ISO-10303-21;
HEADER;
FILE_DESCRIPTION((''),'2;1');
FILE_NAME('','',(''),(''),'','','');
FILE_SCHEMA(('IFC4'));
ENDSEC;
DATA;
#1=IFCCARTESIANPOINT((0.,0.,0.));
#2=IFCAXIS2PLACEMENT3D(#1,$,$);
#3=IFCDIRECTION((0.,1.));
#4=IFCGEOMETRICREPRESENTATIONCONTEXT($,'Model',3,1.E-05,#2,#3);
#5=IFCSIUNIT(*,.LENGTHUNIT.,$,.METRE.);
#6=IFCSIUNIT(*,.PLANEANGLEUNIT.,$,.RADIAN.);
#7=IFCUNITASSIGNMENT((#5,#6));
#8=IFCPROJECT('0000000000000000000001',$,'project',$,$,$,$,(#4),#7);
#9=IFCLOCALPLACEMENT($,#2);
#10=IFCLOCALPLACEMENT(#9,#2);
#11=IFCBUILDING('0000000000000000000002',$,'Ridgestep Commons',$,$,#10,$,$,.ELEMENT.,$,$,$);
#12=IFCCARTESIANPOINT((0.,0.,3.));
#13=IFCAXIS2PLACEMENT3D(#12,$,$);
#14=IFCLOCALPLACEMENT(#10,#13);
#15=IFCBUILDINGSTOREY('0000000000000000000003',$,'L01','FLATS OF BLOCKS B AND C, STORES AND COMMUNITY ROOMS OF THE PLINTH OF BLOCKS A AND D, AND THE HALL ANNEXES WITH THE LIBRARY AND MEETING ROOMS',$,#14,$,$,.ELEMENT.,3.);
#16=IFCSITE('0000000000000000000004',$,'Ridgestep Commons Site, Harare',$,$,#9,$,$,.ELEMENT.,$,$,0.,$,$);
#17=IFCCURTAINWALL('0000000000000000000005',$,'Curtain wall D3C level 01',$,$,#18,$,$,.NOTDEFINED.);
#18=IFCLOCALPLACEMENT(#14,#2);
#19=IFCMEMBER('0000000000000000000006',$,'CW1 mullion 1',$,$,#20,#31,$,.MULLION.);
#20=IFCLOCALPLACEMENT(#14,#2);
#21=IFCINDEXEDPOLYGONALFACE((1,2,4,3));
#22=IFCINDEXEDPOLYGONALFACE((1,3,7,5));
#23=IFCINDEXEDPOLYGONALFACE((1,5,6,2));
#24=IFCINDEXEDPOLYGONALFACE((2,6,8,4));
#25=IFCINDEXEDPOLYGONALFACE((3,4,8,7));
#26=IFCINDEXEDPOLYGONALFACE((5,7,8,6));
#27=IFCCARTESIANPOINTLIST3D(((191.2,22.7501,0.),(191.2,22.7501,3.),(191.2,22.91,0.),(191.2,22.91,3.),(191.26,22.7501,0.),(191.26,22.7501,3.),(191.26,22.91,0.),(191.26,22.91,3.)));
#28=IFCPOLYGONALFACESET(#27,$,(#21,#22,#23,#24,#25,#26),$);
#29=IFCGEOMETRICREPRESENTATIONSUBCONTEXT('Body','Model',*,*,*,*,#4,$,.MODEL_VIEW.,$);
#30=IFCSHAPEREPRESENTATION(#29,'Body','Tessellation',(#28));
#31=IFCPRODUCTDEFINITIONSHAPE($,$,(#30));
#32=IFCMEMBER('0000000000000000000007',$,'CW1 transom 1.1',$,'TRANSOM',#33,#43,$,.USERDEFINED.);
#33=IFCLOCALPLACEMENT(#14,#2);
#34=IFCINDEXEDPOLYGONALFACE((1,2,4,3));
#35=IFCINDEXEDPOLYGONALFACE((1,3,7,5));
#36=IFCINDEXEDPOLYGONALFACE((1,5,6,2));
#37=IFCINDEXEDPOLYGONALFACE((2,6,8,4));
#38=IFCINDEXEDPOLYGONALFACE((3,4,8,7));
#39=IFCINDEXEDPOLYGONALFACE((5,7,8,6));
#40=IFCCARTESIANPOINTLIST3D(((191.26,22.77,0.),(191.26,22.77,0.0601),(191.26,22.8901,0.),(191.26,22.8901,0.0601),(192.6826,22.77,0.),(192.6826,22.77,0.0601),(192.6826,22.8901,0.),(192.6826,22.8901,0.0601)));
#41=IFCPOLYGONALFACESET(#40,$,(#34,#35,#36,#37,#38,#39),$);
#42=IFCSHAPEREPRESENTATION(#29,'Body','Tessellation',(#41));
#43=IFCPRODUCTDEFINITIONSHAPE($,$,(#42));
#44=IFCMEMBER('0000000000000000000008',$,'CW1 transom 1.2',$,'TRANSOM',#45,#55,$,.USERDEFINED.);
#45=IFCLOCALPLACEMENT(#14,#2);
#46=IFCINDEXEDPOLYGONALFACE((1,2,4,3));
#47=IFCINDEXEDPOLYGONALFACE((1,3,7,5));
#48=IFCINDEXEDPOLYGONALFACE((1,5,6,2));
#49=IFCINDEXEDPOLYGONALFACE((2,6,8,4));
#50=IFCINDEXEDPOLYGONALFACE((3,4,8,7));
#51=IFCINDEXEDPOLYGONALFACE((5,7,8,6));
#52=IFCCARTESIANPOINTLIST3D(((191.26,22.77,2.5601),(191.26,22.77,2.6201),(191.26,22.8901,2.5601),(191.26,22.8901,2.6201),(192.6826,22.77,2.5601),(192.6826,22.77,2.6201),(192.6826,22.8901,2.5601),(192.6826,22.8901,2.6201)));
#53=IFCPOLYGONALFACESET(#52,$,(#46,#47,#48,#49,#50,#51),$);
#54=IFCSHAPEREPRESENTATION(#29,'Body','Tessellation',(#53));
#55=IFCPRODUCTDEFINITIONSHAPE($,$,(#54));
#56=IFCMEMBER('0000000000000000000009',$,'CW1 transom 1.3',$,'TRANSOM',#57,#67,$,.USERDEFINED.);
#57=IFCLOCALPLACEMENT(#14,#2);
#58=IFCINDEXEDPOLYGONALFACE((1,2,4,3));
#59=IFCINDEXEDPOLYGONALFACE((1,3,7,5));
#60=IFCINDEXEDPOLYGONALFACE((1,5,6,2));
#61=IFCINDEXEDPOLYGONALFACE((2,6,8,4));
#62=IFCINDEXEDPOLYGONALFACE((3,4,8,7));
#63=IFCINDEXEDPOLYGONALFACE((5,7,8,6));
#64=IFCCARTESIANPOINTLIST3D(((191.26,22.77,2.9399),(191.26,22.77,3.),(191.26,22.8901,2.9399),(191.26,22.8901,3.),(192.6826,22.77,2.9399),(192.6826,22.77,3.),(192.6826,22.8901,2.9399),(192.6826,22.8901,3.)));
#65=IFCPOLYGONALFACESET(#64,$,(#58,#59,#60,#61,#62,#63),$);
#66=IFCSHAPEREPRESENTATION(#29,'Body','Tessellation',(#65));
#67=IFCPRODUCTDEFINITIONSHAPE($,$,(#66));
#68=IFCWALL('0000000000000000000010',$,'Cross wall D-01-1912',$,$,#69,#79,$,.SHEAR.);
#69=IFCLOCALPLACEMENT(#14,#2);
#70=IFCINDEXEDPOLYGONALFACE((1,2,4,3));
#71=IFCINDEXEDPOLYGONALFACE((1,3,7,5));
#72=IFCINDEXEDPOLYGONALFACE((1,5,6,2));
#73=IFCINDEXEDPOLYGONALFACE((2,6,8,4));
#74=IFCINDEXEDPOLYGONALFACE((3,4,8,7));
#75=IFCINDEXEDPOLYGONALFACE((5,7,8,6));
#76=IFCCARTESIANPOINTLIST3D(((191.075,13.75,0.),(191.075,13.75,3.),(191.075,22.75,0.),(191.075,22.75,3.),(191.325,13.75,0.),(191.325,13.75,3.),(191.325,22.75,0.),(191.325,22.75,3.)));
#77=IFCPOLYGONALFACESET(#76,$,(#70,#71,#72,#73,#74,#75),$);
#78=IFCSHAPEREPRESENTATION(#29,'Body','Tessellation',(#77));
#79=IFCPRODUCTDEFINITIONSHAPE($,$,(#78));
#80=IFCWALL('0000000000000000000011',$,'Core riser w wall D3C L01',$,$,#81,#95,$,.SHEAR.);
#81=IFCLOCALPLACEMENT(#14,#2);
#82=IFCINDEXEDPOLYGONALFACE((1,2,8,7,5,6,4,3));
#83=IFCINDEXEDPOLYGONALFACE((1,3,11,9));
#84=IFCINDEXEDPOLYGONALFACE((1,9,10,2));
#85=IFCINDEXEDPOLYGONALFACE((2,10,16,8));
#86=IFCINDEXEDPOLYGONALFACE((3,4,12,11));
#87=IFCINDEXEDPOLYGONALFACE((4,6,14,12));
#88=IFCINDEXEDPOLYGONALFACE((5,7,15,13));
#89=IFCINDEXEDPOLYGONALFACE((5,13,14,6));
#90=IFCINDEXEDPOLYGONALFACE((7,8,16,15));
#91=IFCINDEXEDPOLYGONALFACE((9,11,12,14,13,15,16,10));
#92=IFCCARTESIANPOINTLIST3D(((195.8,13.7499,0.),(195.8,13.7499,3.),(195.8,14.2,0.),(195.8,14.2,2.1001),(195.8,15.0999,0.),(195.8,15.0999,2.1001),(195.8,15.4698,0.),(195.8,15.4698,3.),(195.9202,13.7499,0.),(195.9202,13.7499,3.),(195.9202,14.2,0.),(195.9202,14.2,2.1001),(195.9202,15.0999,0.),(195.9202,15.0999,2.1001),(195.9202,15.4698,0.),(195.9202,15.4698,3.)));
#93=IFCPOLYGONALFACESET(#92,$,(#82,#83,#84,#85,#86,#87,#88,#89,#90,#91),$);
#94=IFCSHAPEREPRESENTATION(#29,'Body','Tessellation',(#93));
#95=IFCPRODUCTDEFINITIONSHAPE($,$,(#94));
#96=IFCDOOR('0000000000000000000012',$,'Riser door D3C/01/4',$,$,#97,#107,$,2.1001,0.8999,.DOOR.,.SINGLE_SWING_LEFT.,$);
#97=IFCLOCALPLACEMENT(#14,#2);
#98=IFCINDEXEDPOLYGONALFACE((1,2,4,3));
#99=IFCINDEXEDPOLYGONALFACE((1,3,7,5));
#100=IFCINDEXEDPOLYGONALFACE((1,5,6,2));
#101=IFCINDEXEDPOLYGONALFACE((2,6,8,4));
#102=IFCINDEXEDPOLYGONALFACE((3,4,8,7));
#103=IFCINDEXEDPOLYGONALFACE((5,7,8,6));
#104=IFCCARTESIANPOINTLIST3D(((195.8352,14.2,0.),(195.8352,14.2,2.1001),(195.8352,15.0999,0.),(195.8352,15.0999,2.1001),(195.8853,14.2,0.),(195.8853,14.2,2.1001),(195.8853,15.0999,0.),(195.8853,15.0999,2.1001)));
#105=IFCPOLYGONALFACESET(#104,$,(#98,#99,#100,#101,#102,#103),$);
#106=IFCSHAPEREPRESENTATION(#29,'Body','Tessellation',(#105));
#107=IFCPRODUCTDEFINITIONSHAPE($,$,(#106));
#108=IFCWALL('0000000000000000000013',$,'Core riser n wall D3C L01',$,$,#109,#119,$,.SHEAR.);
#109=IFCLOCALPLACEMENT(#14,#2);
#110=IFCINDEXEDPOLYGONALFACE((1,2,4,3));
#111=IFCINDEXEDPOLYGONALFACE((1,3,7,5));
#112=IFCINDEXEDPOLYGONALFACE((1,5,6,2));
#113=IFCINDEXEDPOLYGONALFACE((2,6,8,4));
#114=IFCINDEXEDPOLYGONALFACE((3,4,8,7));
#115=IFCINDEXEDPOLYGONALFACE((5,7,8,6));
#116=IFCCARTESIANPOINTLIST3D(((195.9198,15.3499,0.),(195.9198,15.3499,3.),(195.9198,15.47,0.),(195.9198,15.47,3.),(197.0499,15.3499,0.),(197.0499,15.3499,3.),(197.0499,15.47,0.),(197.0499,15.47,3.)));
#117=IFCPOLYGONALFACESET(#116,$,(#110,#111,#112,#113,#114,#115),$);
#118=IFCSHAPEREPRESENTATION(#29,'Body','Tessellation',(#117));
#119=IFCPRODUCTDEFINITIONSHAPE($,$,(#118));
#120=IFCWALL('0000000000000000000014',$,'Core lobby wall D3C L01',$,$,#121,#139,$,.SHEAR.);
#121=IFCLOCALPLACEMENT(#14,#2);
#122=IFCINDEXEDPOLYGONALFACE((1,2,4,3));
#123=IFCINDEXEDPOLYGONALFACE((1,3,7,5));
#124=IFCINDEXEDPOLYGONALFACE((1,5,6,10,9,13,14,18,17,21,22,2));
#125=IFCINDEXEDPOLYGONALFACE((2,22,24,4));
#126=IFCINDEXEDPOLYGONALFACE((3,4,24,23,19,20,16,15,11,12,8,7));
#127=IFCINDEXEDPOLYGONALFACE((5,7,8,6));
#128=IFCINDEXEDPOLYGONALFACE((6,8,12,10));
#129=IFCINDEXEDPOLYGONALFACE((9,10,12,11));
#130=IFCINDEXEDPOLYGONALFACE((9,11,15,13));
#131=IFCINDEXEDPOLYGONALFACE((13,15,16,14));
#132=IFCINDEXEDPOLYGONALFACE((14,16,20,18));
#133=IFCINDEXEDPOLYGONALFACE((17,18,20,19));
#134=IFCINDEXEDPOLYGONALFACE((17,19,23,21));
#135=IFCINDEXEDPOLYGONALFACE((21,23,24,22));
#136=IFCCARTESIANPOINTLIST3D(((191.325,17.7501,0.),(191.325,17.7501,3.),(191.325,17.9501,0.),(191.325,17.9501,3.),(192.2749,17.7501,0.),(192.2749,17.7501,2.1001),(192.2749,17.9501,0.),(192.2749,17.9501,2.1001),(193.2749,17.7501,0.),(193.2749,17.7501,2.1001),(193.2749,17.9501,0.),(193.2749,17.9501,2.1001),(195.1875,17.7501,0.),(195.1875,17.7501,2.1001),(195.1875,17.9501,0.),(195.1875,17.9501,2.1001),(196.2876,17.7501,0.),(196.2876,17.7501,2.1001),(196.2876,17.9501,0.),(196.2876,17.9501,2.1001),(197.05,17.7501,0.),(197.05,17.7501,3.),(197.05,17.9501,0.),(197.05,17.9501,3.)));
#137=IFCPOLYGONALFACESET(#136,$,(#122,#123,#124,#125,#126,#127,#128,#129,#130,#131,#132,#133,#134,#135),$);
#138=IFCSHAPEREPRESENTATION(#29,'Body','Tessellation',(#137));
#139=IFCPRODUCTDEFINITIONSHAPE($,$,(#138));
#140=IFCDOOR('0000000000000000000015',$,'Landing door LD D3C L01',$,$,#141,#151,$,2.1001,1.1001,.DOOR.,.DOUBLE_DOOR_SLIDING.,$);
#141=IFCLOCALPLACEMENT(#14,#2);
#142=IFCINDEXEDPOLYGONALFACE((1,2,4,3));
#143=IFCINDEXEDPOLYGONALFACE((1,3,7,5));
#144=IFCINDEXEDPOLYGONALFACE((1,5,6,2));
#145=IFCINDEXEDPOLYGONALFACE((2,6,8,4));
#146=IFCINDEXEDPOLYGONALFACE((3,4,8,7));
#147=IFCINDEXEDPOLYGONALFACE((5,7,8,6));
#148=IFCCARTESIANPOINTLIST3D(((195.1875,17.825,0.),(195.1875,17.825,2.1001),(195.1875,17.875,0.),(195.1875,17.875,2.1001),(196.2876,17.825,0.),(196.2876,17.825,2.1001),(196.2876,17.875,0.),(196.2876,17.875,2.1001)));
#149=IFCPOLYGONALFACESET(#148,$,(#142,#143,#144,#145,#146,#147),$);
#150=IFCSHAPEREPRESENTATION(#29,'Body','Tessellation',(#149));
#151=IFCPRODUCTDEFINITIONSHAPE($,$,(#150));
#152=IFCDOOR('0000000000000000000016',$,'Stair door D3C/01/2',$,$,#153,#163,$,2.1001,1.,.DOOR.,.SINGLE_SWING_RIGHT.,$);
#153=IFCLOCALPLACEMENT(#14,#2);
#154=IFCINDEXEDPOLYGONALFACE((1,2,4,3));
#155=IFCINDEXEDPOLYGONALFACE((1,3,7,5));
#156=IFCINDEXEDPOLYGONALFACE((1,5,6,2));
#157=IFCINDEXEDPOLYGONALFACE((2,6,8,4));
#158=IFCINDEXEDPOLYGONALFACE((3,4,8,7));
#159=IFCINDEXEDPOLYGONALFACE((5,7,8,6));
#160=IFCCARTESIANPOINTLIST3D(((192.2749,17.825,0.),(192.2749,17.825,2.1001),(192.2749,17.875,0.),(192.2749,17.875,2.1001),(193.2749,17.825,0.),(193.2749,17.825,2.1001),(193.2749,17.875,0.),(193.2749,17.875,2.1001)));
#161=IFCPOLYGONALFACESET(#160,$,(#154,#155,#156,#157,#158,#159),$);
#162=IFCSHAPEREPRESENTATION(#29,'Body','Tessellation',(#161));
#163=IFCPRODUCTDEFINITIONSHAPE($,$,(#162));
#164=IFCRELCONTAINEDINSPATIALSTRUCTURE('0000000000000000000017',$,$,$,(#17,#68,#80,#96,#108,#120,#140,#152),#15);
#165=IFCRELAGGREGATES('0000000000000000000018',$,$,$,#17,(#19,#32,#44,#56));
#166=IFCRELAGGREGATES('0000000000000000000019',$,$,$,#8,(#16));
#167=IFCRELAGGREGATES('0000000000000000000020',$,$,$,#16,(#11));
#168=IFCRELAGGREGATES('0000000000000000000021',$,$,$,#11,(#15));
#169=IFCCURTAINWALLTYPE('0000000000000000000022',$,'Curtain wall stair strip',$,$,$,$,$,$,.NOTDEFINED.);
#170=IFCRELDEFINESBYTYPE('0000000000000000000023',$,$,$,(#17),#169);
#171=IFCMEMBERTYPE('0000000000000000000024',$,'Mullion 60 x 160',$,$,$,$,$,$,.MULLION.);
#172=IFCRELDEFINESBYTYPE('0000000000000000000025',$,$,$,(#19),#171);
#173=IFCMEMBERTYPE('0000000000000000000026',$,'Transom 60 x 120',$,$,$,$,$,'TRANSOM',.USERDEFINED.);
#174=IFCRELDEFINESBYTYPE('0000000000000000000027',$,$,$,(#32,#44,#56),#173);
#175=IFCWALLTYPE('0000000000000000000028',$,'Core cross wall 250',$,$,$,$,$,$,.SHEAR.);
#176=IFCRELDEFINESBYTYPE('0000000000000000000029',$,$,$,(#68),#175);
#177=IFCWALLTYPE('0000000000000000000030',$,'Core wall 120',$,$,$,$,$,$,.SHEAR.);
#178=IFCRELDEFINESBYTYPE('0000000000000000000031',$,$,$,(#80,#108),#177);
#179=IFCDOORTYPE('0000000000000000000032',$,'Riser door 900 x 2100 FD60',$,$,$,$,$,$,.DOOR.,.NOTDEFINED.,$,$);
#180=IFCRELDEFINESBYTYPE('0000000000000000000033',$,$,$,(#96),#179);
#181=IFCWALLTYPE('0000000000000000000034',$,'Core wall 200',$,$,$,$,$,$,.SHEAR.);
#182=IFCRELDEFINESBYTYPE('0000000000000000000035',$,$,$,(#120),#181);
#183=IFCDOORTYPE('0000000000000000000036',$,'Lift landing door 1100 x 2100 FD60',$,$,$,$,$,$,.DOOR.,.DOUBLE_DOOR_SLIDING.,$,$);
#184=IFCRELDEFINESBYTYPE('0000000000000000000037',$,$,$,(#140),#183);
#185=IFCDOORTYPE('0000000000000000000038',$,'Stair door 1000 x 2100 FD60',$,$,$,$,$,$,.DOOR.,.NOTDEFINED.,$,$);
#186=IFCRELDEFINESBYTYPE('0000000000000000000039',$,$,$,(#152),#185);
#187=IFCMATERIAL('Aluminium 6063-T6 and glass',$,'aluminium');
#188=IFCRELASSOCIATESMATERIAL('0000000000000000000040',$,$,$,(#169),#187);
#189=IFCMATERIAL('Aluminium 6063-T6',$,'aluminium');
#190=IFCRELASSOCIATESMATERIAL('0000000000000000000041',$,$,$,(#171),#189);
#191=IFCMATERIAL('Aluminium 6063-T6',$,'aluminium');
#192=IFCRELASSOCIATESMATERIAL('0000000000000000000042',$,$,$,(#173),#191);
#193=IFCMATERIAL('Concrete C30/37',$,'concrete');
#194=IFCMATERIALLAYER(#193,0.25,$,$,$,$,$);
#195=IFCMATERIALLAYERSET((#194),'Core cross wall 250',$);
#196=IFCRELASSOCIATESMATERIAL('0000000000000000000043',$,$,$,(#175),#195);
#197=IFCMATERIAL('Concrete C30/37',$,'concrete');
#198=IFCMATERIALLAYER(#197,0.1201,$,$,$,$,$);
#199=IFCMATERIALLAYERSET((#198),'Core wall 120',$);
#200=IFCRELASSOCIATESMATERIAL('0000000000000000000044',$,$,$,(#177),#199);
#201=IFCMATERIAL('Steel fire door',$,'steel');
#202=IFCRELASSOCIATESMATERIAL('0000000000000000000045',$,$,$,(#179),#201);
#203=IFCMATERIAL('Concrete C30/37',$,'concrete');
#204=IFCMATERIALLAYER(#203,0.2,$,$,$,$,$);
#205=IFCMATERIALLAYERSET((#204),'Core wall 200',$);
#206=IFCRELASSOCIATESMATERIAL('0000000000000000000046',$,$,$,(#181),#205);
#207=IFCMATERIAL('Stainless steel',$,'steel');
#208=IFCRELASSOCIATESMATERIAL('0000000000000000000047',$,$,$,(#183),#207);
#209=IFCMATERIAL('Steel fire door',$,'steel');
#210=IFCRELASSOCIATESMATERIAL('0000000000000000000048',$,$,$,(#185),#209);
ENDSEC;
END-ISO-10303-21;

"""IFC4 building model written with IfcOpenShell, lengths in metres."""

from ifc_helpers import new_model, si_unit, direction, frame, frame_2d, origin, origin_2d, place, context, subcontext, project, spatial, rectangle, extrude, material, layer, layer_set, material_profile, profile_set, type_object, element, fill, aggregate, save


model = new_model("IFC4")

# Units and contexts
model_context = context("Model", 3, precision=1e-05, world=origin(), true_north=direction((0.0, 1.0)))
body_context = subcontext(model_context, "Body", "Model", "MODEL_VIEW")
ifc_project = project(units=[si_unit("LENGTHUNIT", "METRE"), si_unit("PLANEANGLEUNIT", "RADIAN")], contexts=[model_context])

# Site, building, storey
site_placement = place(None, origin())
site = spatial("IfcSite", under=ifc_project, at=site_placement, Name="Ridgestep Commons Site, Harare", CompositionType="ELEMENT", RefElevation=0.0)
building_placement = place(site_placement, origin())
building = spatial("IfcBuilding", under=site, at=building_placement, Name="Ridgestep Commons", CompositionType="ELEMENT")
storey_placement = place(building_placement, frame((0.0, 0.0, 3.0)))
storey = spatial("IfcBuildingStorey", under=building, at=storey_placement, Name="L01", Description="FLATS OF BLOCKS B AND C, STORES AND COMMUNITY ROOMS OF THE PLINTH OF BLOCKS A AND D, AND THE HALL ANNEXES WITH THE LIBRARY AND MEETING ROOMS", CompositionType="ELEMENT", Elevation=3.0)

# Curtain wall, members
ifc_material_1 = material(Name="Aluminium 6063-T6 and glass", Category="aluminium")
curtain_wall_type = type_object("IfcCurtainWallType", Name="Curtain wall stair strip", PredefinedType="NOTDEFINED", material=ifc_material_1)
curtain_wall_placement = place(storey_placement, origin())
curtain_wall = element("IfcCurtainWall", 1, at=curtain_wall_placement, inside=storey, type_object=curtain_wall_type, Name="Curtain wall D3C level 01", PredefinedType="NOTDEFINED")
ifc_material_2 = material(Name="Aluminium 6063-T6", Category="aluminium")
ifc_material_profile_1 = material_profile(ifc_material_2, rectangle(XDim=0.1599, YDim=0.0601, at=origin_2d()), Name="Mullion 60 x 160")
ifc_profile_set_1 = profile_set([ifc_material_profile_1], Name="Aluminium 6063-T6")
member_type_1 = type_object("IfcMemberType", Name="Mullion 60 x 160", PredefinedType="MULLION", material=ifc_profile_set_1)
member_1_placement = place(storey_placement, frame((191.23, 22.8301, 0.0), z_axis=(0.0, 0.0, 1.0), x_axis=(0.0, 1.0, 0.0)))
member_1 = element("IfcMember", 2, at=member_1_placement, type_object=member_type_1, Name="CW1 mullion 1", PredefinedType="MULLION", context=body_context, shape_type="SweptSolid", body=[
    extrude(rectangle(XDim=0.1599, YDim=0.0601, at=origin_2d()), origin(), (0.0, 0.0, 1.0), 3.0),
])
ifc_material_3 = material(Name="Aluminium 6063-T6", Category="aluminium")
ifc_material_profile_2 = material_profile(ifc_material_3, rectangle(XDim=0.1201, YDim=0.0601, at=origin_2d()), Name="Transom 60 x 120")
ifc_profile_set_2 = profile_set([ifc_material_profile_2], Name="Aluminium 6063-T6")
member_type_2 = type_object("IfcMemberType", Name="Transom 60 x 120", ElementType="TRANSOM", PredefinedType="USERDEFINED", material=ifc_profile_set_2)
member_2_placement = place(storey_placement, frame((191.26, 22.8301, 0.03), z_axis=(1.0, 0.0, 0.0), x_axis=(0.0, 1.0, 0.0)))
member_2 = element("IfcMember", 3, at=member_2_placement, type_object=member_type_2, Name="CW1 transom 1.1", ObjectType="TRANSOM", PredefinedType="USERDEFINED", context=body_context, shape_type="SweptSolid", body=[
    extrude(rectangle(XDim=0.1201, YDim=0.0601, at=origin_2d()), origin(), (0.0, 0.0, 1.0), 1.4226),
])
member_3_placement = place(storey_placement, frame((191.26, 22.8301, 2.5901), z_axis=(1.0, 0.0, 0.0), x_axis=(0.0, 1.0, 0.0)))
member_3 = element("IfcMember", 4, at=member_3_placement, type_object=member_type_2, Name="CW1 transom 1.2", ObjectType="TRANSOM", PredefinedType="USERDEFINED", context=body_context, shape_type="SweptSolid", body=[
    extrude(rectangle(XDim=0.1201, YDim=0.0601, at=origin_2d()), origin(), (0.0, 0.0, 1.0), 1.4226),
])
member_4_placement = place(storey_placement, frame((191.26, 22.8301, 2.97), z_axis=(1.0, 0.0, 0.0), x_axis=(0.0, 1.0, 0.0)))
member_4 = element("IfcMember", 5, at=member_4_placement, type_object=member_type_2, Name="CW1 transom 1.3", ObjectType="TRANSOM", PredefinedType="USERDEFINED", context=body_context, shape_type="SweptSolid", body=[
    extrude(rectangle(XDim=0.1201, YDim=0.0601, at=origin_2d()), origin(), (0.0, 0.0, 1.0), 1.4226),
])
aggregate(curtain_wall, [member_1, member_2, member_3, member_4])

# Wall
ifc_material_4 = material(Name="Concrete C30/37", Category="concrete")
ifc_layer_1 = layer(ifc_material_4, 0.25)
ifc_layer_set_1 = layer_set([ifc_layer_1], Name="Core cross wall 250")
wall_type_1 = type_object("IfcWallType", Name="Core cross wall 250", PredefinedType="SHEAR", material=ifc_layer_set_1)
wall_1_placement = place(storey_placement, frame((191.2, 13.75, 0.0), z_axis=(0.0, 0.0, 1.0), x_axis=(0.0, 1.0, 0.0)))
element("IfcWall", 6, at=wall_1_placement, inside=storey, type_object=wall_type_1, Name="Cross wall D-01-1912", PredefinedType="SHEAR", context=body_context, shape_type="SweptSolid", body=[
    extrude(rectangle(XDim=9.0, YDim=0.25, at=frame_2d((4.5, 0.0))), origin(), (0.0, 0.0, 1.0), 3.0),
])

# Wall, opening, door
ifc_material_5 = material(Name="Concrete C30/37", Category="concrete")
ifc_layer_2 = layer(ifc_material_5, 0.1201)
ifc_layer_set_2 = layer_set([ifc_layer_2], Name="Core wall 120")
wall_type_2 = type_object("IfcWallType", Name="Core wall 120", PredefinedType="SHEAR", material=ifc_layer_set_2)
wall_2_placement = place(storey_placement, frame((195.8601, 13.75, 0.0), z_axis=(0.0, 0.0, 1.0), x_axis=(0.0, 1.0, 0.0)))
wall_2 = element("IfcWall", 7, at=wall_2_placement, inside=storey, type_object=wall_type_2, Name="Core riser w wall D3C L01", PredefinedType="SHEAR", context=body_context, shape_type="SweptSolid", body=[
    extrude(rectangle(XDim=1.72, YDim=0.1201, at=frame_2d((0.8599, 0.0))), origin(), (0.0, 0.0, 1.0), 3.0),
])
opening_1_placement = place(wall_2_placement, frame((0.45, 0.0, 0.0)))
opening_1 = element("IfcOpeningElement", 8, at=opening_1_placement, cuts=wall_2, PredefinedType="OPENING", context=body_context, shape_type="SweptSolid", body=[
    extrude(rectangle(XDim=0.8999, YDim=2.1001, at=frame_2d((0.45, 1.05))), frame((0.0, 0.0701, 0.0), z_axis=(0.0, -1.0, 0.0), x_axis=(1.0, 0.0, 0.0)), (0.0, 0.0, 1.0), 0.1401),
])
ifc_material_6 = material(Name="Steel fire door", Category="steel")
door_type_1 = type_object("IfcDoorType", Name="Riser door 900 x 2100 FD60", OperationType="NOTDEFINED", PredefinedType="DOOR", material=ifc_material_6)
door_1_placement = place(opening_1_placement, origin())
door_1 = element("IfcDoor", 9, at=door_1_placement, inside=storey, type_object=door_type_1, Name="Riser door D3C/01/4", OperationType="SINGLE_SWING_LEFT", OverallHeight=2.1001, OverallWidth=0.8999, PredefinedType="DOOR", context=body_context, shape_type="SweptSolid", body=[
    extrude(rectangle(XDim=0.8999, YDim=2.1001, at=frame_2d((0.45, 1.05))), frame((0.0, 0.0249, 0.0), z_axis=(0.0, -1.0, 0.0), x_axis=(1.0, 0.0, 0.0)), (0.0, 0.0, 1.0), 0.05),
])
fill(opening_1, door_1)

# Wall
wall_3_placement = place(storey_placement, frame((195.9199, 15.4099, 0.0), z_axis=(0.0, 0.0, 1.0), x_axis=(1.0, 0.0, 0.0)))
element("IfcWall", 10, at=wall_3_placement, inside=storey, type_object=wall_type_2, Name="Core riser n wall D3C L01", PredefinedType="SHEAR", context=body_context, shape_type="SweptSolid", body=[
    extrude(rectangle(XDim=1.1301, YDim=0.1201, at=frame_2d((0.5649, 0.0))), origin(), (0.0, 0.0, 1.0), 3.0),
])

# Wall, openings, doors
ifc_material_7 = material(Name="Concrete C30/37", Category="concrete")
ifc_layer_3 = layer(ifc_material_7, 0.2)
ifc_layer_set_3 = layer_set([ifc_layer_3], Name="Core wall 200")
wall_type_3 = type_object("IfcWallType", Name="Core wall 200", PredefinedType="SHEAR", material=ifc_layer_set_3)
wall_4_placement = place(storey_placement, frame((191.325, 17.8501, 0.0), z_axis=(0.0, 0.0, 1.0), x_axis=(1.0, 0.0, 0.0)))
wall_4 = element("IfcWall", 11, at=wall_4_placement, inside=storey, type_object=wall_type_3, Name="Core lobby wall D3C L01", PredefinedType="SHEAR", context=body_context, shape_type="SweptSolid", body=[
    extrude(rectangle(XDim=5.7251, YDim=0.2, at=frame_2d((2.8625, 0.0))), origin(), (0.0, 0.0, 1.0), 3.0),
])
opening_2_placement = place(wall_4_placement, frame((0.95, 0.0, 0.0)))
opening_2 = element("IfcOpeningElement", 12, at=opening_2_placement, cuts=wall_4, PredefinedType="OPENING", context=body_context, shape_type="SweptSolid", body=[
    extrude(rectangle(XDim=1.0, YDim=2.1001, at=frame_2d((0.5, 1.05))), frame((0.0, 0.1099, 0.0), z_axis=(0.0, -1.0, 0.0), x_axis=(1.0, 0.0, 0.0)), (0.0, 0.0, 1.0), 0.22),
])
opening_3_placement = place(wall_4_placement, frame((3.8625, 0.0, 0.0)))
opening_3 = element("IfcOpeningElement", 13, at=opening_3_placement, cuts=wall_4, PredefinedType="OPENING", context=body_context, shape_type="SweptSolid", body=[
    extrude(rectangle(XDim=1.1001, YDim=2.1001, at=frame_2d((0.55, 1.05))), frame((0.0, 0.1099, 0.0), z_axis=(0.0, -1.0, 0.0), x_axis=(1.0, 0.0, 0.0)), (0.0, 0.0, 1.0), 0.22),
])
ifc_material_8 = material(Name="Stainless steel", Category="steel")
door_type_2 = type_object("IfcDoorType", Name="Lift landing door 1100 x 2100 FD60", OperationType="DOUBLE_DOOR_SLIDING", PredefinedType="DOOR", material=ifc_material_8)
door_2_placement = place(opening_3_placement, origin())
door_2 = element("IfcDoor", 14, at=door_2_placement, inside=storey, type_object=door_type_2, Name="Landing door LD D3C L01", OperationType="DOUBLE_DOOR_SLIDING", OverallHeight=2.1001, OverallWidth=1.1001, PredefinedType="DOOR", context=body_context, shape_type="SweptSolid", body=[
    extrude(rectangle(XDim=1.1001, YDim=2.1001, at=frame_2d((0.55, 1.05))), frame((0.0, 0.0249, 0.0), z_axis=(0.0, -1.0, 0.0), x_axis=(1.0, 0.0, 0.0)), (0.0, 0.0, 1.0), 0.05),
])
fill(opening_3, door_2)
ifc_material_9 = material(Name="Steel fire door", Category="steel")
door_type_3 = type_object("IfcDoorType", Name="Stair door 1000 x 2100 FD60", OperationType="NOTDEFINED", PredefinedType="DOOR", material=ifc_material_9)
door_3_placement = place(opening_2_placement, origin())
door_3 = element("IfcDoor", 15, at=door_3_placement, inside=storey, type_object=door_type_3, Name="Stair door D3C/01/2", OperationType="SINGLE_SWING_RIGHT", OverallHeight=2.1001, OverallWidth=1.0, PredefinedType="DOOR", context=body_context, shape_type="SweptSolid", body=[
    extrude(rectangle(XDim=1.0, YDim=2.1001, at=frame_2d((0.5, 1.05))), frame((0.0, 0.0249, 0.0), z_axis=(0.0, -1.0, 0.0), x_axis=(1.0, 0.0, 0.0)), (0.0, 0.0, 1.0), 0.05),
])
fill(opening_2, door_3)

save(model, "model.ifc")
